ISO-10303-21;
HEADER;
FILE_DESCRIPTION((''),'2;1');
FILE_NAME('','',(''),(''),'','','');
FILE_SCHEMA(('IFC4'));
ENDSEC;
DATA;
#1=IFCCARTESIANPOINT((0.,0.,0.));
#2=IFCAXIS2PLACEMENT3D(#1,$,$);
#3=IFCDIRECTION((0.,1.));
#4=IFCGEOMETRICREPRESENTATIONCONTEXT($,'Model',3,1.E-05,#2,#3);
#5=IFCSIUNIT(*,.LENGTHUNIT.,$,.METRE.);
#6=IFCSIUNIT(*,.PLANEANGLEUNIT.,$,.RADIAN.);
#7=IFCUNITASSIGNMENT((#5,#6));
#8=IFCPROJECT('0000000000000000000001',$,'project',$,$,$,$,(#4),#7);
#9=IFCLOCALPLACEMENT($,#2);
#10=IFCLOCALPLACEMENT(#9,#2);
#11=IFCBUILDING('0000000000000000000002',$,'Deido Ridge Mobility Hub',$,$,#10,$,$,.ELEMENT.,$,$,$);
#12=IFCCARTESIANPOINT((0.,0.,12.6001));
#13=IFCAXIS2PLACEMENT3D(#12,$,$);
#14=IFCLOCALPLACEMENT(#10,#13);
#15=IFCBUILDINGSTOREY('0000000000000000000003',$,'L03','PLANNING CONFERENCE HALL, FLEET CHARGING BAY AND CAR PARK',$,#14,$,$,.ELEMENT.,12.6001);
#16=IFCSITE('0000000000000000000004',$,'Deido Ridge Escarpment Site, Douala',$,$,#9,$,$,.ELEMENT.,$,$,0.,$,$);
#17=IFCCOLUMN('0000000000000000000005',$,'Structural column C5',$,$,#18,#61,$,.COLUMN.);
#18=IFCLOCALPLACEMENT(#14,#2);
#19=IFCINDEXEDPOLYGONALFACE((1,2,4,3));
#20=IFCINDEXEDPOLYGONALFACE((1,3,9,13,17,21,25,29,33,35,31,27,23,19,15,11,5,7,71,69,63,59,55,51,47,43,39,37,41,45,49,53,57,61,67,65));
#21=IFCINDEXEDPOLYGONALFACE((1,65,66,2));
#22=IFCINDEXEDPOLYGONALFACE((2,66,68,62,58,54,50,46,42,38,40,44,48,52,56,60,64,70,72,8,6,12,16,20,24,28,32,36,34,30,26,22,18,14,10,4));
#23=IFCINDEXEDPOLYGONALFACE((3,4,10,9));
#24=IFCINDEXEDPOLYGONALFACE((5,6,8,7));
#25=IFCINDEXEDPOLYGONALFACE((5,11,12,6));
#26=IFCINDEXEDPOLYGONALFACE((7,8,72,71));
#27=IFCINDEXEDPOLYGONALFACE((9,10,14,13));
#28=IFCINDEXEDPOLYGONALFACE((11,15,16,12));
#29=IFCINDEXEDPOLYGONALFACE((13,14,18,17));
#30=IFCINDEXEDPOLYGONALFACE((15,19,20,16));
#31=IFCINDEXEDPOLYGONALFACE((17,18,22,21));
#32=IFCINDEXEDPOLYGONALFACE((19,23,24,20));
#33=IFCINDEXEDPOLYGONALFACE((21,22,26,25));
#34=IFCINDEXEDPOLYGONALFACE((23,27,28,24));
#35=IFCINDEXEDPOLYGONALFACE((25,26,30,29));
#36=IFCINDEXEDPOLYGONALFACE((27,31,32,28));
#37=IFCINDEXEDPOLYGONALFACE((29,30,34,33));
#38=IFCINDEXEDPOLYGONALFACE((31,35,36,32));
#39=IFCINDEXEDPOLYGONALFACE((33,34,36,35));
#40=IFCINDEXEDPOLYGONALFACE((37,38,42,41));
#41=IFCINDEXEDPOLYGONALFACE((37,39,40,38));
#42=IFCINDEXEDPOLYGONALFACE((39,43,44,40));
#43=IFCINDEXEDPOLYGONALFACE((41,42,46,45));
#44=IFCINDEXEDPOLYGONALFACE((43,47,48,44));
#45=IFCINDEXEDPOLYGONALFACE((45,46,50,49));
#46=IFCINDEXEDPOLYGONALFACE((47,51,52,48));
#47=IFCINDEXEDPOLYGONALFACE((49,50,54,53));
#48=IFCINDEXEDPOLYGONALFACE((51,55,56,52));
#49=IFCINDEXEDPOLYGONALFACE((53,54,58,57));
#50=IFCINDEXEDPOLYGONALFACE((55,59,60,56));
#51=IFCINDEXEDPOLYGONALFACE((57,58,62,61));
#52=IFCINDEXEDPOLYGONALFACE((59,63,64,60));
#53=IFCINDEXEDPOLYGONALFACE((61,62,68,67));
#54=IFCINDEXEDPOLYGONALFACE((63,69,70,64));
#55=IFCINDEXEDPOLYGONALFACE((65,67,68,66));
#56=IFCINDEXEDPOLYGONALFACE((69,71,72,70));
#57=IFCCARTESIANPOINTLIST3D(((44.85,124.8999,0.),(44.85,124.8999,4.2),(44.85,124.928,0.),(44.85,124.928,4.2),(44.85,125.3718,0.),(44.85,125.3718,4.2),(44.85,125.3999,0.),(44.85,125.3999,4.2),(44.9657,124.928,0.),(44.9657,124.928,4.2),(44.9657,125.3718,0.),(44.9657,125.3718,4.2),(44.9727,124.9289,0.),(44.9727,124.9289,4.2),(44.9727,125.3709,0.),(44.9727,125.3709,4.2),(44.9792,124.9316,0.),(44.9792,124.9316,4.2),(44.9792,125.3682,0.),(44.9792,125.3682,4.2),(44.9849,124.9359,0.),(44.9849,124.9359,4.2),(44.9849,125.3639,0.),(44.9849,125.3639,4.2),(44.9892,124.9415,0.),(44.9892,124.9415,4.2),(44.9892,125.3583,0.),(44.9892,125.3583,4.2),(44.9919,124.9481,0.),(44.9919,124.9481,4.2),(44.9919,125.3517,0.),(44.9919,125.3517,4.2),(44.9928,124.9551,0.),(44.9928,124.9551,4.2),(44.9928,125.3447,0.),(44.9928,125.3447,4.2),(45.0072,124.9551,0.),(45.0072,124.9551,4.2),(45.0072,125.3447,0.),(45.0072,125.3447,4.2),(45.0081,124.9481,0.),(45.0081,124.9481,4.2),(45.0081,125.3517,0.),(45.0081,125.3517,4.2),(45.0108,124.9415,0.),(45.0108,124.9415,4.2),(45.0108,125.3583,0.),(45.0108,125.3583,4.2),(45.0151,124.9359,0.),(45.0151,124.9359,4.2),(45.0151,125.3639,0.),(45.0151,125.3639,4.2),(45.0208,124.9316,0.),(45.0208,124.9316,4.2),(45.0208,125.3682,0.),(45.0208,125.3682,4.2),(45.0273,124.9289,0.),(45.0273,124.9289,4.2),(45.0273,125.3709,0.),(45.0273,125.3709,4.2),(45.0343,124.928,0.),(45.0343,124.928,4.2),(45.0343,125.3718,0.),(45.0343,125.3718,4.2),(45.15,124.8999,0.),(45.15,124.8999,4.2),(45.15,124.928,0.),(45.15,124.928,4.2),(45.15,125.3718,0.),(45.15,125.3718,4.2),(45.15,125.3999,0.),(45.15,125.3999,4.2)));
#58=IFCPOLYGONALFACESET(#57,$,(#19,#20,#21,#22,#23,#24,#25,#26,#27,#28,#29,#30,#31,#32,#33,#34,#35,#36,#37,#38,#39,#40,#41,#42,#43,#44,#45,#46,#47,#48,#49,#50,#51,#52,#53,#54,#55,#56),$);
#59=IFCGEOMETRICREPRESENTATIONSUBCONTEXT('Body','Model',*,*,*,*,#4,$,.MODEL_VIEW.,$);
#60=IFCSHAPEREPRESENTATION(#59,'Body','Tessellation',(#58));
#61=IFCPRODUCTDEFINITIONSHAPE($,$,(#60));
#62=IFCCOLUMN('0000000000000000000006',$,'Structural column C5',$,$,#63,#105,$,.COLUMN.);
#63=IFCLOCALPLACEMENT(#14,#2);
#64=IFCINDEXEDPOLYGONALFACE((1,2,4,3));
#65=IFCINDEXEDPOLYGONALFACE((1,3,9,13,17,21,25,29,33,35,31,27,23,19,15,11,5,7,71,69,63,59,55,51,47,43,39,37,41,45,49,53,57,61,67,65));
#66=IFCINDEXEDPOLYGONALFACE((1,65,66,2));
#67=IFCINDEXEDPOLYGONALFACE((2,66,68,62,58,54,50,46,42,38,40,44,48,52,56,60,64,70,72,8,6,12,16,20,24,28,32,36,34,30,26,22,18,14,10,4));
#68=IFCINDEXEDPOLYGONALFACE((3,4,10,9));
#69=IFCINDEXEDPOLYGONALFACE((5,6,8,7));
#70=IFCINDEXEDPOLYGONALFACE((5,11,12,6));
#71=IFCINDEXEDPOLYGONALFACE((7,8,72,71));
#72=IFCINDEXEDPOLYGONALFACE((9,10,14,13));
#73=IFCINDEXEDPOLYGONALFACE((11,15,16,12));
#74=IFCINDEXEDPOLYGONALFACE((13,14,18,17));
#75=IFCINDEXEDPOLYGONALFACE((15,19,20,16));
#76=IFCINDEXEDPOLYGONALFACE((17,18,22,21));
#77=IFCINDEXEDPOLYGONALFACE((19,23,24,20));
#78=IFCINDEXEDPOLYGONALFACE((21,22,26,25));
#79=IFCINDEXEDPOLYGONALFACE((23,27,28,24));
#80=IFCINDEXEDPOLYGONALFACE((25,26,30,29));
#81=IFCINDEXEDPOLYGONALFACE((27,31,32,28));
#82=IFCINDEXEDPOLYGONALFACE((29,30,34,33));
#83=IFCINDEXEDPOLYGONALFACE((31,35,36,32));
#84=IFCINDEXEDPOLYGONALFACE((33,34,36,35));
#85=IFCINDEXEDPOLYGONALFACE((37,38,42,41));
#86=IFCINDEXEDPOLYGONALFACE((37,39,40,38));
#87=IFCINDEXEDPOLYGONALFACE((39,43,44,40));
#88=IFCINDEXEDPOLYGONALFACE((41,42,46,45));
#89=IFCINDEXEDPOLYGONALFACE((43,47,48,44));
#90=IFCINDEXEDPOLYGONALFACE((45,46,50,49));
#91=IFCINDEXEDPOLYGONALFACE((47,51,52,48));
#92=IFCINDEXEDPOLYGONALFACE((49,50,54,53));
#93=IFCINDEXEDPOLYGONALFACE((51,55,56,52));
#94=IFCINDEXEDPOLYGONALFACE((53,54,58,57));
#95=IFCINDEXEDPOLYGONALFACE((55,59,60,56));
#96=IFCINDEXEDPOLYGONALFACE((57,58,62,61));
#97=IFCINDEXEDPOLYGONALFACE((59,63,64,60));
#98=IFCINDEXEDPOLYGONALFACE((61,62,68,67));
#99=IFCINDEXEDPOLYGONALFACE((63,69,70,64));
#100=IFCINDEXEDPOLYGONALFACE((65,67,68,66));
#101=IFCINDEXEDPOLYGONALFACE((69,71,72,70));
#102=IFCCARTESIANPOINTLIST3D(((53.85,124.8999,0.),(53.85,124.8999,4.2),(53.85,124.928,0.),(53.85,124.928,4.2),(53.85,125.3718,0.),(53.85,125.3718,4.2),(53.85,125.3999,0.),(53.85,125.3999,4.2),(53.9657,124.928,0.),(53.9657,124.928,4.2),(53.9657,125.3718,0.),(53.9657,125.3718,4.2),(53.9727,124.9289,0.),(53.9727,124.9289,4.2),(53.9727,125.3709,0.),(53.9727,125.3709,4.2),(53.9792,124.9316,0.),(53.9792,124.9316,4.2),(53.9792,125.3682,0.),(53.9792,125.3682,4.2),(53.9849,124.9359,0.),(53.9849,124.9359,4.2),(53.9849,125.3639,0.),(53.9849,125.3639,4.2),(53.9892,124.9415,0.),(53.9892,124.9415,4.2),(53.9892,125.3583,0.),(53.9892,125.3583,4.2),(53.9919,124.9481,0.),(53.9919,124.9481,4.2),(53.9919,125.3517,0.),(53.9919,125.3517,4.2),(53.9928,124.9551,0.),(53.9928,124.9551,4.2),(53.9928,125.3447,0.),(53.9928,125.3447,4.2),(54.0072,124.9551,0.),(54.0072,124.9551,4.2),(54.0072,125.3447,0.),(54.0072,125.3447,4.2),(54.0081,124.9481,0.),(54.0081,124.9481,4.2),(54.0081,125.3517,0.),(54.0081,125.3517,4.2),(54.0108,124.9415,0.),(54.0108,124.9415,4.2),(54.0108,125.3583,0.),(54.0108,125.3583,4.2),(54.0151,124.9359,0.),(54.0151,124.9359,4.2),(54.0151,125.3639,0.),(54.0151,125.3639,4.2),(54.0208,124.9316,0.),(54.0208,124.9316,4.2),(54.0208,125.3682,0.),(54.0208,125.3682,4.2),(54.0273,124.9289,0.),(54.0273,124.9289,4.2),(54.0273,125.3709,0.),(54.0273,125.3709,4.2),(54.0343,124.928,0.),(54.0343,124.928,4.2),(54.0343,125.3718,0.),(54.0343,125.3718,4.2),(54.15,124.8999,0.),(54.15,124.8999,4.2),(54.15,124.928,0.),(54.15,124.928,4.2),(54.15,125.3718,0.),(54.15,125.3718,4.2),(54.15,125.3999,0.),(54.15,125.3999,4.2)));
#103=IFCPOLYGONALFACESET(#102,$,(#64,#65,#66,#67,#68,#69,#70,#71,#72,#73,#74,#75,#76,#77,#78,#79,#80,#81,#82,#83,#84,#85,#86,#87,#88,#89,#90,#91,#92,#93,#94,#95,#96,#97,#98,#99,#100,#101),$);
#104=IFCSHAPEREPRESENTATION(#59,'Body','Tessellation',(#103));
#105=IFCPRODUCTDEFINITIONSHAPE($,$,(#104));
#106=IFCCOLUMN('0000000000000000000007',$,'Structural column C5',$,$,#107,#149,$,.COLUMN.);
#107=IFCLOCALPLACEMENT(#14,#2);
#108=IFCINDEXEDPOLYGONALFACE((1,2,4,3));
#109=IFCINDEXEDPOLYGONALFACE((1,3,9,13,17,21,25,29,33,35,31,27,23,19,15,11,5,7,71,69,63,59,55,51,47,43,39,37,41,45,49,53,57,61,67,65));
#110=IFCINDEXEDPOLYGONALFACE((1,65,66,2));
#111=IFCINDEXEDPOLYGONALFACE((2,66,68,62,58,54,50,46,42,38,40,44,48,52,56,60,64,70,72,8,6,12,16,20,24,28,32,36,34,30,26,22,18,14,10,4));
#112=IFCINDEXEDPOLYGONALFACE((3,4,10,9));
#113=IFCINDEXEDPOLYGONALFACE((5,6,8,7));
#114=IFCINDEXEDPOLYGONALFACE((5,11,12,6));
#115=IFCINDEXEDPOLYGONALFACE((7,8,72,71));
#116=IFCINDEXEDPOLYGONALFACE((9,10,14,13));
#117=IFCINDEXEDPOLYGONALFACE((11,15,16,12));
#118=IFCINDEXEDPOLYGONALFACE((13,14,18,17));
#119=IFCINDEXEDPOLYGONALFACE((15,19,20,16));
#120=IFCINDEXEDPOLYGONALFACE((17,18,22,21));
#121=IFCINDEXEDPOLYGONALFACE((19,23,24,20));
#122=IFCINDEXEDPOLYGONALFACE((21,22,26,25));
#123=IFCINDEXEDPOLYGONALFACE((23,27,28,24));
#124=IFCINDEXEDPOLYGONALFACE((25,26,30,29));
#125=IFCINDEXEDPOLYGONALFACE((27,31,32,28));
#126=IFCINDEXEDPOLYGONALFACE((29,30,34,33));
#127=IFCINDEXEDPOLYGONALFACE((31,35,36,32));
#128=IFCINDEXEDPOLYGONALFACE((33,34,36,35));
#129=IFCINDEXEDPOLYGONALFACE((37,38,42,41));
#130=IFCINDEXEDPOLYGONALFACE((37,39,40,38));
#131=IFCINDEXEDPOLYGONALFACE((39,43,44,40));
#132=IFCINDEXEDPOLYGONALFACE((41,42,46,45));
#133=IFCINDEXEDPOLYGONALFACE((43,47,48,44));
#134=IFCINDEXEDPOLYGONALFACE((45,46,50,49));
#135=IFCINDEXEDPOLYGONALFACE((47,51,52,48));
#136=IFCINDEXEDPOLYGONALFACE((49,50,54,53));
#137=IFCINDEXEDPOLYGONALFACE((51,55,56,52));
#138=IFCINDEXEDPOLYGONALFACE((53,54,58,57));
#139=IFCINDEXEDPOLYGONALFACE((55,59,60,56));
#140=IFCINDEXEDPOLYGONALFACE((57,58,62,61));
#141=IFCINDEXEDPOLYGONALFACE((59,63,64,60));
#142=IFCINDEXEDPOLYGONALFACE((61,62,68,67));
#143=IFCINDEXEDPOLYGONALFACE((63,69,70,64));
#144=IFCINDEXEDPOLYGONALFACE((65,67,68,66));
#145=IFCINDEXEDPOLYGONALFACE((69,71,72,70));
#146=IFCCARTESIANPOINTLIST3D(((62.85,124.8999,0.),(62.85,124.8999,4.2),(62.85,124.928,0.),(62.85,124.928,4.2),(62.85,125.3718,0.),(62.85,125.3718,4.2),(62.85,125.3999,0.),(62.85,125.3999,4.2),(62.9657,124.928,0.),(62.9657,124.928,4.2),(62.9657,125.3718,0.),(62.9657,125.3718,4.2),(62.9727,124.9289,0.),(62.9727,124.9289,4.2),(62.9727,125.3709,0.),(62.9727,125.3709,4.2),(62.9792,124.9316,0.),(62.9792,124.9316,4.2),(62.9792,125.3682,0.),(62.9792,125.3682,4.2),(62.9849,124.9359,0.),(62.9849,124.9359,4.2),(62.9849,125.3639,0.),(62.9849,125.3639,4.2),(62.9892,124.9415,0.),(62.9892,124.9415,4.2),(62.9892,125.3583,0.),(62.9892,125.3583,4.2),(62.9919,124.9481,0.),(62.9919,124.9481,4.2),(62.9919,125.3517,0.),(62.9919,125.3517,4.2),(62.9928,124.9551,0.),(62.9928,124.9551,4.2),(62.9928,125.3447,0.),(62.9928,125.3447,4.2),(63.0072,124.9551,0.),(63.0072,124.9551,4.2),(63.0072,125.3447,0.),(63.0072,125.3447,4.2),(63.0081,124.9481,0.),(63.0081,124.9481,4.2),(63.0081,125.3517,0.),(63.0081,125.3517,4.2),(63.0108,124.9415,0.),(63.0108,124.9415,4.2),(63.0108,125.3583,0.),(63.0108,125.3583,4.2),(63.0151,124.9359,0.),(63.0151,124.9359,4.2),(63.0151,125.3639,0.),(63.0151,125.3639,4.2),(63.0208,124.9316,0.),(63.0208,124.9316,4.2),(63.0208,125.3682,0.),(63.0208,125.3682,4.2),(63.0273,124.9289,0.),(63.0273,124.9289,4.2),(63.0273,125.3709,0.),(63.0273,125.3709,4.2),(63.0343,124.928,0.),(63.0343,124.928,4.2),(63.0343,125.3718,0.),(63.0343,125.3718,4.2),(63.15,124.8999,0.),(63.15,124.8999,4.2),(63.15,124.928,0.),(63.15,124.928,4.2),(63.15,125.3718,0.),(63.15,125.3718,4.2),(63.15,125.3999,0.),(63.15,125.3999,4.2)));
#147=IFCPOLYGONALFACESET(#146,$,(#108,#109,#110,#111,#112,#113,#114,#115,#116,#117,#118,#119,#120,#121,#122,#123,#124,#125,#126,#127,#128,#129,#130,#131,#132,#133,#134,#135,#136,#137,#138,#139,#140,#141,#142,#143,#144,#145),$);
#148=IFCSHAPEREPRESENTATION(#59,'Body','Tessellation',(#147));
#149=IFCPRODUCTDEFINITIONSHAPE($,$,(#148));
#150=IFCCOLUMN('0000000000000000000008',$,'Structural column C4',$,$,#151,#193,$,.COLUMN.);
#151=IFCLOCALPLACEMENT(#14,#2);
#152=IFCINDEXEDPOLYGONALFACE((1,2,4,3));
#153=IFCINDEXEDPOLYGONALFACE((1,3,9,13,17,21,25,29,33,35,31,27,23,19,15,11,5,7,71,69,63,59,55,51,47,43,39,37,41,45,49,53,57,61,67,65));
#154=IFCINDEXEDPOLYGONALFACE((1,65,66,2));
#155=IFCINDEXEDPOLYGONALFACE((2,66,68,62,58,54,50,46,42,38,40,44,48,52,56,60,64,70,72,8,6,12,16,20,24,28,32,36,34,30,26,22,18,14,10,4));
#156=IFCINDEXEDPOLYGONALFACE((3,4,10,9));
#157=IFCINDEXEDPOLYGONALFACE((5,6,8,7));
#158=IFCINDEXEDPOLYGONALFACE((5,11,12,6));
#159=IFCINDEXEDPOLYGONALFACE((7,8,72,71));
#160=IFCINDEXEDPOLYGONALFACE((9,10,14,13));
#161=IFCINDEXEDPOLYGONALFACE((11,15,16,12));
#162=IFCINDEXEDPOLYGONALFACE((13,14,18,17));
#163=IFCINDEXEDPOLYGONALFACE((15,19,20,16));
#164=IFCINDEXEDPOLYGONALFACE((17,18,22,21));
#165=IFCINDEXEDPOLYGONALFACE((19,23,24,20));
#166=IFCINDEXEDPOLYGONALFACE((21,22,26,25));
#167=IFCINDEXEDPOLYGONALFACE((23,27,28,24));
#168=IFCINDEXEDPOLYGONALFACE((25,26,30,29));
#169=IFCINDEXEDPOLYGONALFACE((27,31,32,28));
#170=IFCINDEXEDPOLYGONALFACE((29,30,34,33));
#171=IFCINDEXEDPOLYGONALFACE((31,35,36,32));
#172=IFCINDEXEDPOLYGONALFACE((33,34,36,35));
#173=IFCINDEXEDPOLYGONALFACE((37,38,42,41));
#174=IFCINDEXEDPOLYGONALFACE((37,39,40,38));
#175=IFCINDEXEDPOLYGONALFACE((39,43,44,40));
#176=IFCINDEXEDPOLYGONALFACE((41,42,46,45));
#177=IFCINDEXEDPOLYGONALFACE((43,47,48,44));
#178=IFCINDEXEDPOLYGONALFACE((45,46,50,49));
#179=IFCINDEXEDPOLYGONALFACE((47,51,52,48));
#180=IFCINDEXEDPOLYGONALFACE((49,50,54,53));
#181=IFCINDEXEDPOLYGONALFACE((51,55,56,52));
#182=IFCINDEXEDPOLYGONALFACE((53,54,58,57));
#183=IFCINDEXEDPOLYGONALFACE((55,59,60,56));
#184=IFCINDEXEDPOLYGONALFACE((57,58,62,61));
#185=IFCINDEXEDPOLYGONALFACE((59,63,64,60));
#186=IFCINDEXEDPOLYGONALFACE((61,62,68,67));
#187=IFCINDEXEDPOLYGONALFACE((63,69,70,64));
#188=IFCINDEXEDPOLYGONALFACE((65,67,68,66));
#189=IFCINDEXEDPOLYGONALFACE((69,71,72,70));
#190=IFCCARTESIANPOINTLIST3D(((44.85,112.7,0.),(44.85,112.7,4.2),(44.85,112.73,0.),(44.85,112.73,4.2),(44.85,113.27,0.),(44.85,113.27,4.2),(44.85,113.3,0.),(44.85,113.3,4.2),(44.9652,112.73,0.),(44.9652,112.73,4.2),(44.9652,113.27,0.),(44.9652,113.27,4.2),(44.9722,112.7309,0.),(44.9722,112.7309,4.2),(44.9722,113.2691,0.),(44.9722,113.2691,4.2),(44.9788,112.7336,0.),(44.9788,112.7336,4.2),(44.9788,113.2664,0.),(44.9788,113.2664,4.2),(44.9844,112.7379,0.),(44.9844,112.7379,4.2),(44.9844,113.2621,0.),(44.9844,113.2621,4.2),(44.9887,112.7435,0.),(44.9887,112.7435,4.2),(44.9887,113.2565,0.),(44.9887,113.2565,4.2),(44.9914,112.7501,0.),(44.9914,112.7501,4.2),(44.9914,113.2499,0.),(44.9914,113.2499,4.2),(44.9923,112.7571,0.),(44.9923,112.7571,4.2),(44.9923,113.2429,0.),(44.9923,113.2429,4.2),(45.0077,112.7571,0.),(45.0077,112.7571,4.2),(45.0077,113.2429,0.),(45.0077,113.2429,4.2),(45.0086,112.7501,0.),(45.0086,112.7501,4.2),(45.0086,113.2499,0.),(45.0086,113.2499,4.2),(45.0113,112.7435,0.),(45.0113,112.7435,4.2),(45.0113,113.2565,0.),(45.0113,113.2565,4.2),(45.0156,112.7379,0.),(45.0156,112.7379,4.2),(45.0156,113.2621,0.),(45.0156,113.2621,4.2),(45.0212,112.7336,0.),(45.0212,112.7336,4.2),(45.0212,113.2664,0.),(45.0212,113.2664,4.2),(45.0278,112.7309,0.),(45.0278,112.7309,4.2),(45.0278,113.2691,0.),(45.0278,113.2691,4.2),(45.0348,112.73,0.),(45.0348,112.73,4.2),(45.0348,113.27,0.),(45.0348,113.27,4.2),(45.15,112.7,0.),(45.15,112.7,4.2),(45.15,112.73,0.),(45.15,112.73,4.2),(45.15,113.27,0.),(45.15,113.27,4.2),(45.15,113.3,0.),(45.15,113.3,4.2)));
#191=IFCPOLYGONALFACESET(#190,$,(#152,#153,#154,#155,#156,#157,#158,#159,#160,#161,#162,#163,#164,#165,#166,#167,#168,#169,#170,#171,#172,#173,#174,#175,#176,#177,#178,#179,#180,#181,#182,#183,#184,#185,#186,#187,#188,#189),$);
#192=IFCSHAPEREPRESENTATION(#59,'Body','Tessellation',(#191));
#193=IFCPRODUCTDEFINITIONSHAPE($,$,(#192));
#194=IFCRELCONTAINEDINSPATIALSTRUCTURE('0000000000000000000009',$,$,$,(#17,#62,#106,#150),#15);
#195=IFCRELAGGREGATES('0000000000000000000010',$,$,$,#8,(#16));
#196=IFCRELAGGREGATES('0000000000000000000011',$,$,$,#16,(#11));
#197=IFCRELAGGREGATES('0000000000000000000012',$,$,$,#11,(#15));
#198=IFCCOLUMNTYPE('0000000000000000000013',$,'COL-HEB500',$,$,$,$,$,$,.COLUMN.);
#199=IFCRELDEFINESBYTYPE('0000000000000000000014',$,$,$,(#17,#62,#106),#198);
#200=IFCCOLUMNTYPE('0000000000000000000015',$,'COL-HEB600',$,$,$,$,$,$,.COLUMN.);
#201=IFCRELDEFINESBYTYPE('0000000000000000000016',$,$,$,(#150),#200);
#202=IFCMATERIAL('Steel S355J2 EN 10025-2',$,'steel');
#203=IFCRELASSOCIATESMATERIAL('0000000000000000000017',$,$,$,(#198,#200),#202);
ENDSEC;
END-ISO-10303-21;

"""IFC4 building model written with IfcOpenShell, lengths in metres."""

from ifc_helpers import new_model, si_unit, direction, frame, origin, origin_2d, place, context, subcontext, project, spatial, i_section, extrude, material, material_profile, profile_set, type_object, element, save


model = new_model("IFC4")

# Units and contexts
model_context = context("Model", 3, precision=1e-05, world=origin(), true_north=direction((0.0, 1.0)))
body_context = subcontext(model_context, "Body", "Model", "MODEL_VIEW")
ifc_project = project(units=[si_unit("LENGTHUNIT", "METRE"), si_unit("PLANEANGLEUNIT", "RADIAN")], contexts=[model_context])

# Site, building, storey
site_placement = place(None, origin())
site = spatial("IfcSite", under=ifc_project, at=site_placement, Name="Deido Ridge Escarpment Site, Douala", CompositionType="ELEMENT", RefElevation=0.0)
building_placement = place(site_placement, origin())
building = spatial("IfcBuilding", under=site, at=building_placement, Name="Deido Ridge Mobility Hub", CompositionType="ELEMENT")
storey_placement = place(building_placement, frame((0.0, 0.0, 12.6001)))
storey = spatial("IfcBuildingStorey", under=building, at=storey_placement, Name="L03", Description="PLANNING CONFERENCE HALL, FLEET CHARGING BAY AND CAR PARK", CompositionType="ELEMENT", Elevation=12.6001)

# Columns
ifc_material_1 = material(Name="Steel S355J2 EN 10025-2", Category="steel")
ifc_material_profile_1 = material_profile(ifc_material_1, i_section(OverallWidth=0.3, OverallDepth=0.5, WebThickness=0.0144, FlangeThickness=0.0281, FilletRadius=0.0271, at=origin_2d()), Name="HEB 500")
ifc_profile_set_1 = profile_set([ifc_material_profile_1], Name="Steel S355J2 EN 10025-2")
column_type_1 = type_object("IfcColumnType", Name="COL-HEB500", PredefinedType="COLUMN", material=ifc_profile_set_1)
for number, where, z_axis, x_axis, name in (
    (1, (45.0, 125.1499, 0.0), (0.0, 0.0, 1.0), (1.0, 0.0, 0.0), "Structural column C5"),
    (2, (54.0, 125.1499, 0.0), (0.0, 0.0, 1.0), (1.0, 0.0, 0.0), "Structural column C5"),
    (3, (63.0, 125.1499, 0.0), (0.0, 0.0, 1.0), (1.0, 0.0, 0.0), "Structural column C5"),
):
    element("IfcColumn", number, at=place(storey_placement, frame(where, z_axis=z_axis, x_axis=x_axis)), inside=storey, type_object=column_type_1, Name=name, PredefinedType="COLUMN", context=body_context, shape_type="SweptSolid", body=[
        extrude(i_section(OverallWidth=0.3, OverallDepth=0.5, WebThickness=0.0144, FlangeThickness=0.0281, FilletRadius=0.0271, at=origin_2d()), origin(), (0.0, 0.0, 1.0), 4.2),
    ])
ifc_material_profile_2 = material_profile(ifc_material_1, i_section(OverallWidth=0.3, OverallDepth=0.6001, WebThickness=0.0154, FlangeThickness=0.03, FilletRadius=0.0271, at=origin_2d()), Name="HEB 600")
ifc_profile_set_2 = profile_set([ifc_material_profile_2], Name="Steel S355J2 EN 10025-2")
column_type_2 = type_object("IfcColumnType", Name="COL-HEB600", PredefinedType="COLUMN", material=ifc_profile_set_2)
for number, where, z_axis, x_axis, name in (
    (4, (45.0, 113.0, 0.0), (0.0, 0.0, 1.0), (1.0, 0.0, 0.0), "Structural column C4"),
):
    element("IfcColumn", number, at=place(storey_placement, frame(where, z_axis=z_axis, x_axis=x_axis)), inside=storey, type_object=column_type_2, Name=name, PredefinedType="COLUMN", context=body_context, shape_type="SweptSolid", body=[
        extrude(i_section(OverallWidth=0.3, OverallDepth=0.6001, WebThickness=0.0154, FlangeThickness=0.03, FilletRadius=0.0271, at=origin_2d()), origin(), (0.0, 0.0, 1.0), 4.2),
    ])

save(model, "model.ifc")
